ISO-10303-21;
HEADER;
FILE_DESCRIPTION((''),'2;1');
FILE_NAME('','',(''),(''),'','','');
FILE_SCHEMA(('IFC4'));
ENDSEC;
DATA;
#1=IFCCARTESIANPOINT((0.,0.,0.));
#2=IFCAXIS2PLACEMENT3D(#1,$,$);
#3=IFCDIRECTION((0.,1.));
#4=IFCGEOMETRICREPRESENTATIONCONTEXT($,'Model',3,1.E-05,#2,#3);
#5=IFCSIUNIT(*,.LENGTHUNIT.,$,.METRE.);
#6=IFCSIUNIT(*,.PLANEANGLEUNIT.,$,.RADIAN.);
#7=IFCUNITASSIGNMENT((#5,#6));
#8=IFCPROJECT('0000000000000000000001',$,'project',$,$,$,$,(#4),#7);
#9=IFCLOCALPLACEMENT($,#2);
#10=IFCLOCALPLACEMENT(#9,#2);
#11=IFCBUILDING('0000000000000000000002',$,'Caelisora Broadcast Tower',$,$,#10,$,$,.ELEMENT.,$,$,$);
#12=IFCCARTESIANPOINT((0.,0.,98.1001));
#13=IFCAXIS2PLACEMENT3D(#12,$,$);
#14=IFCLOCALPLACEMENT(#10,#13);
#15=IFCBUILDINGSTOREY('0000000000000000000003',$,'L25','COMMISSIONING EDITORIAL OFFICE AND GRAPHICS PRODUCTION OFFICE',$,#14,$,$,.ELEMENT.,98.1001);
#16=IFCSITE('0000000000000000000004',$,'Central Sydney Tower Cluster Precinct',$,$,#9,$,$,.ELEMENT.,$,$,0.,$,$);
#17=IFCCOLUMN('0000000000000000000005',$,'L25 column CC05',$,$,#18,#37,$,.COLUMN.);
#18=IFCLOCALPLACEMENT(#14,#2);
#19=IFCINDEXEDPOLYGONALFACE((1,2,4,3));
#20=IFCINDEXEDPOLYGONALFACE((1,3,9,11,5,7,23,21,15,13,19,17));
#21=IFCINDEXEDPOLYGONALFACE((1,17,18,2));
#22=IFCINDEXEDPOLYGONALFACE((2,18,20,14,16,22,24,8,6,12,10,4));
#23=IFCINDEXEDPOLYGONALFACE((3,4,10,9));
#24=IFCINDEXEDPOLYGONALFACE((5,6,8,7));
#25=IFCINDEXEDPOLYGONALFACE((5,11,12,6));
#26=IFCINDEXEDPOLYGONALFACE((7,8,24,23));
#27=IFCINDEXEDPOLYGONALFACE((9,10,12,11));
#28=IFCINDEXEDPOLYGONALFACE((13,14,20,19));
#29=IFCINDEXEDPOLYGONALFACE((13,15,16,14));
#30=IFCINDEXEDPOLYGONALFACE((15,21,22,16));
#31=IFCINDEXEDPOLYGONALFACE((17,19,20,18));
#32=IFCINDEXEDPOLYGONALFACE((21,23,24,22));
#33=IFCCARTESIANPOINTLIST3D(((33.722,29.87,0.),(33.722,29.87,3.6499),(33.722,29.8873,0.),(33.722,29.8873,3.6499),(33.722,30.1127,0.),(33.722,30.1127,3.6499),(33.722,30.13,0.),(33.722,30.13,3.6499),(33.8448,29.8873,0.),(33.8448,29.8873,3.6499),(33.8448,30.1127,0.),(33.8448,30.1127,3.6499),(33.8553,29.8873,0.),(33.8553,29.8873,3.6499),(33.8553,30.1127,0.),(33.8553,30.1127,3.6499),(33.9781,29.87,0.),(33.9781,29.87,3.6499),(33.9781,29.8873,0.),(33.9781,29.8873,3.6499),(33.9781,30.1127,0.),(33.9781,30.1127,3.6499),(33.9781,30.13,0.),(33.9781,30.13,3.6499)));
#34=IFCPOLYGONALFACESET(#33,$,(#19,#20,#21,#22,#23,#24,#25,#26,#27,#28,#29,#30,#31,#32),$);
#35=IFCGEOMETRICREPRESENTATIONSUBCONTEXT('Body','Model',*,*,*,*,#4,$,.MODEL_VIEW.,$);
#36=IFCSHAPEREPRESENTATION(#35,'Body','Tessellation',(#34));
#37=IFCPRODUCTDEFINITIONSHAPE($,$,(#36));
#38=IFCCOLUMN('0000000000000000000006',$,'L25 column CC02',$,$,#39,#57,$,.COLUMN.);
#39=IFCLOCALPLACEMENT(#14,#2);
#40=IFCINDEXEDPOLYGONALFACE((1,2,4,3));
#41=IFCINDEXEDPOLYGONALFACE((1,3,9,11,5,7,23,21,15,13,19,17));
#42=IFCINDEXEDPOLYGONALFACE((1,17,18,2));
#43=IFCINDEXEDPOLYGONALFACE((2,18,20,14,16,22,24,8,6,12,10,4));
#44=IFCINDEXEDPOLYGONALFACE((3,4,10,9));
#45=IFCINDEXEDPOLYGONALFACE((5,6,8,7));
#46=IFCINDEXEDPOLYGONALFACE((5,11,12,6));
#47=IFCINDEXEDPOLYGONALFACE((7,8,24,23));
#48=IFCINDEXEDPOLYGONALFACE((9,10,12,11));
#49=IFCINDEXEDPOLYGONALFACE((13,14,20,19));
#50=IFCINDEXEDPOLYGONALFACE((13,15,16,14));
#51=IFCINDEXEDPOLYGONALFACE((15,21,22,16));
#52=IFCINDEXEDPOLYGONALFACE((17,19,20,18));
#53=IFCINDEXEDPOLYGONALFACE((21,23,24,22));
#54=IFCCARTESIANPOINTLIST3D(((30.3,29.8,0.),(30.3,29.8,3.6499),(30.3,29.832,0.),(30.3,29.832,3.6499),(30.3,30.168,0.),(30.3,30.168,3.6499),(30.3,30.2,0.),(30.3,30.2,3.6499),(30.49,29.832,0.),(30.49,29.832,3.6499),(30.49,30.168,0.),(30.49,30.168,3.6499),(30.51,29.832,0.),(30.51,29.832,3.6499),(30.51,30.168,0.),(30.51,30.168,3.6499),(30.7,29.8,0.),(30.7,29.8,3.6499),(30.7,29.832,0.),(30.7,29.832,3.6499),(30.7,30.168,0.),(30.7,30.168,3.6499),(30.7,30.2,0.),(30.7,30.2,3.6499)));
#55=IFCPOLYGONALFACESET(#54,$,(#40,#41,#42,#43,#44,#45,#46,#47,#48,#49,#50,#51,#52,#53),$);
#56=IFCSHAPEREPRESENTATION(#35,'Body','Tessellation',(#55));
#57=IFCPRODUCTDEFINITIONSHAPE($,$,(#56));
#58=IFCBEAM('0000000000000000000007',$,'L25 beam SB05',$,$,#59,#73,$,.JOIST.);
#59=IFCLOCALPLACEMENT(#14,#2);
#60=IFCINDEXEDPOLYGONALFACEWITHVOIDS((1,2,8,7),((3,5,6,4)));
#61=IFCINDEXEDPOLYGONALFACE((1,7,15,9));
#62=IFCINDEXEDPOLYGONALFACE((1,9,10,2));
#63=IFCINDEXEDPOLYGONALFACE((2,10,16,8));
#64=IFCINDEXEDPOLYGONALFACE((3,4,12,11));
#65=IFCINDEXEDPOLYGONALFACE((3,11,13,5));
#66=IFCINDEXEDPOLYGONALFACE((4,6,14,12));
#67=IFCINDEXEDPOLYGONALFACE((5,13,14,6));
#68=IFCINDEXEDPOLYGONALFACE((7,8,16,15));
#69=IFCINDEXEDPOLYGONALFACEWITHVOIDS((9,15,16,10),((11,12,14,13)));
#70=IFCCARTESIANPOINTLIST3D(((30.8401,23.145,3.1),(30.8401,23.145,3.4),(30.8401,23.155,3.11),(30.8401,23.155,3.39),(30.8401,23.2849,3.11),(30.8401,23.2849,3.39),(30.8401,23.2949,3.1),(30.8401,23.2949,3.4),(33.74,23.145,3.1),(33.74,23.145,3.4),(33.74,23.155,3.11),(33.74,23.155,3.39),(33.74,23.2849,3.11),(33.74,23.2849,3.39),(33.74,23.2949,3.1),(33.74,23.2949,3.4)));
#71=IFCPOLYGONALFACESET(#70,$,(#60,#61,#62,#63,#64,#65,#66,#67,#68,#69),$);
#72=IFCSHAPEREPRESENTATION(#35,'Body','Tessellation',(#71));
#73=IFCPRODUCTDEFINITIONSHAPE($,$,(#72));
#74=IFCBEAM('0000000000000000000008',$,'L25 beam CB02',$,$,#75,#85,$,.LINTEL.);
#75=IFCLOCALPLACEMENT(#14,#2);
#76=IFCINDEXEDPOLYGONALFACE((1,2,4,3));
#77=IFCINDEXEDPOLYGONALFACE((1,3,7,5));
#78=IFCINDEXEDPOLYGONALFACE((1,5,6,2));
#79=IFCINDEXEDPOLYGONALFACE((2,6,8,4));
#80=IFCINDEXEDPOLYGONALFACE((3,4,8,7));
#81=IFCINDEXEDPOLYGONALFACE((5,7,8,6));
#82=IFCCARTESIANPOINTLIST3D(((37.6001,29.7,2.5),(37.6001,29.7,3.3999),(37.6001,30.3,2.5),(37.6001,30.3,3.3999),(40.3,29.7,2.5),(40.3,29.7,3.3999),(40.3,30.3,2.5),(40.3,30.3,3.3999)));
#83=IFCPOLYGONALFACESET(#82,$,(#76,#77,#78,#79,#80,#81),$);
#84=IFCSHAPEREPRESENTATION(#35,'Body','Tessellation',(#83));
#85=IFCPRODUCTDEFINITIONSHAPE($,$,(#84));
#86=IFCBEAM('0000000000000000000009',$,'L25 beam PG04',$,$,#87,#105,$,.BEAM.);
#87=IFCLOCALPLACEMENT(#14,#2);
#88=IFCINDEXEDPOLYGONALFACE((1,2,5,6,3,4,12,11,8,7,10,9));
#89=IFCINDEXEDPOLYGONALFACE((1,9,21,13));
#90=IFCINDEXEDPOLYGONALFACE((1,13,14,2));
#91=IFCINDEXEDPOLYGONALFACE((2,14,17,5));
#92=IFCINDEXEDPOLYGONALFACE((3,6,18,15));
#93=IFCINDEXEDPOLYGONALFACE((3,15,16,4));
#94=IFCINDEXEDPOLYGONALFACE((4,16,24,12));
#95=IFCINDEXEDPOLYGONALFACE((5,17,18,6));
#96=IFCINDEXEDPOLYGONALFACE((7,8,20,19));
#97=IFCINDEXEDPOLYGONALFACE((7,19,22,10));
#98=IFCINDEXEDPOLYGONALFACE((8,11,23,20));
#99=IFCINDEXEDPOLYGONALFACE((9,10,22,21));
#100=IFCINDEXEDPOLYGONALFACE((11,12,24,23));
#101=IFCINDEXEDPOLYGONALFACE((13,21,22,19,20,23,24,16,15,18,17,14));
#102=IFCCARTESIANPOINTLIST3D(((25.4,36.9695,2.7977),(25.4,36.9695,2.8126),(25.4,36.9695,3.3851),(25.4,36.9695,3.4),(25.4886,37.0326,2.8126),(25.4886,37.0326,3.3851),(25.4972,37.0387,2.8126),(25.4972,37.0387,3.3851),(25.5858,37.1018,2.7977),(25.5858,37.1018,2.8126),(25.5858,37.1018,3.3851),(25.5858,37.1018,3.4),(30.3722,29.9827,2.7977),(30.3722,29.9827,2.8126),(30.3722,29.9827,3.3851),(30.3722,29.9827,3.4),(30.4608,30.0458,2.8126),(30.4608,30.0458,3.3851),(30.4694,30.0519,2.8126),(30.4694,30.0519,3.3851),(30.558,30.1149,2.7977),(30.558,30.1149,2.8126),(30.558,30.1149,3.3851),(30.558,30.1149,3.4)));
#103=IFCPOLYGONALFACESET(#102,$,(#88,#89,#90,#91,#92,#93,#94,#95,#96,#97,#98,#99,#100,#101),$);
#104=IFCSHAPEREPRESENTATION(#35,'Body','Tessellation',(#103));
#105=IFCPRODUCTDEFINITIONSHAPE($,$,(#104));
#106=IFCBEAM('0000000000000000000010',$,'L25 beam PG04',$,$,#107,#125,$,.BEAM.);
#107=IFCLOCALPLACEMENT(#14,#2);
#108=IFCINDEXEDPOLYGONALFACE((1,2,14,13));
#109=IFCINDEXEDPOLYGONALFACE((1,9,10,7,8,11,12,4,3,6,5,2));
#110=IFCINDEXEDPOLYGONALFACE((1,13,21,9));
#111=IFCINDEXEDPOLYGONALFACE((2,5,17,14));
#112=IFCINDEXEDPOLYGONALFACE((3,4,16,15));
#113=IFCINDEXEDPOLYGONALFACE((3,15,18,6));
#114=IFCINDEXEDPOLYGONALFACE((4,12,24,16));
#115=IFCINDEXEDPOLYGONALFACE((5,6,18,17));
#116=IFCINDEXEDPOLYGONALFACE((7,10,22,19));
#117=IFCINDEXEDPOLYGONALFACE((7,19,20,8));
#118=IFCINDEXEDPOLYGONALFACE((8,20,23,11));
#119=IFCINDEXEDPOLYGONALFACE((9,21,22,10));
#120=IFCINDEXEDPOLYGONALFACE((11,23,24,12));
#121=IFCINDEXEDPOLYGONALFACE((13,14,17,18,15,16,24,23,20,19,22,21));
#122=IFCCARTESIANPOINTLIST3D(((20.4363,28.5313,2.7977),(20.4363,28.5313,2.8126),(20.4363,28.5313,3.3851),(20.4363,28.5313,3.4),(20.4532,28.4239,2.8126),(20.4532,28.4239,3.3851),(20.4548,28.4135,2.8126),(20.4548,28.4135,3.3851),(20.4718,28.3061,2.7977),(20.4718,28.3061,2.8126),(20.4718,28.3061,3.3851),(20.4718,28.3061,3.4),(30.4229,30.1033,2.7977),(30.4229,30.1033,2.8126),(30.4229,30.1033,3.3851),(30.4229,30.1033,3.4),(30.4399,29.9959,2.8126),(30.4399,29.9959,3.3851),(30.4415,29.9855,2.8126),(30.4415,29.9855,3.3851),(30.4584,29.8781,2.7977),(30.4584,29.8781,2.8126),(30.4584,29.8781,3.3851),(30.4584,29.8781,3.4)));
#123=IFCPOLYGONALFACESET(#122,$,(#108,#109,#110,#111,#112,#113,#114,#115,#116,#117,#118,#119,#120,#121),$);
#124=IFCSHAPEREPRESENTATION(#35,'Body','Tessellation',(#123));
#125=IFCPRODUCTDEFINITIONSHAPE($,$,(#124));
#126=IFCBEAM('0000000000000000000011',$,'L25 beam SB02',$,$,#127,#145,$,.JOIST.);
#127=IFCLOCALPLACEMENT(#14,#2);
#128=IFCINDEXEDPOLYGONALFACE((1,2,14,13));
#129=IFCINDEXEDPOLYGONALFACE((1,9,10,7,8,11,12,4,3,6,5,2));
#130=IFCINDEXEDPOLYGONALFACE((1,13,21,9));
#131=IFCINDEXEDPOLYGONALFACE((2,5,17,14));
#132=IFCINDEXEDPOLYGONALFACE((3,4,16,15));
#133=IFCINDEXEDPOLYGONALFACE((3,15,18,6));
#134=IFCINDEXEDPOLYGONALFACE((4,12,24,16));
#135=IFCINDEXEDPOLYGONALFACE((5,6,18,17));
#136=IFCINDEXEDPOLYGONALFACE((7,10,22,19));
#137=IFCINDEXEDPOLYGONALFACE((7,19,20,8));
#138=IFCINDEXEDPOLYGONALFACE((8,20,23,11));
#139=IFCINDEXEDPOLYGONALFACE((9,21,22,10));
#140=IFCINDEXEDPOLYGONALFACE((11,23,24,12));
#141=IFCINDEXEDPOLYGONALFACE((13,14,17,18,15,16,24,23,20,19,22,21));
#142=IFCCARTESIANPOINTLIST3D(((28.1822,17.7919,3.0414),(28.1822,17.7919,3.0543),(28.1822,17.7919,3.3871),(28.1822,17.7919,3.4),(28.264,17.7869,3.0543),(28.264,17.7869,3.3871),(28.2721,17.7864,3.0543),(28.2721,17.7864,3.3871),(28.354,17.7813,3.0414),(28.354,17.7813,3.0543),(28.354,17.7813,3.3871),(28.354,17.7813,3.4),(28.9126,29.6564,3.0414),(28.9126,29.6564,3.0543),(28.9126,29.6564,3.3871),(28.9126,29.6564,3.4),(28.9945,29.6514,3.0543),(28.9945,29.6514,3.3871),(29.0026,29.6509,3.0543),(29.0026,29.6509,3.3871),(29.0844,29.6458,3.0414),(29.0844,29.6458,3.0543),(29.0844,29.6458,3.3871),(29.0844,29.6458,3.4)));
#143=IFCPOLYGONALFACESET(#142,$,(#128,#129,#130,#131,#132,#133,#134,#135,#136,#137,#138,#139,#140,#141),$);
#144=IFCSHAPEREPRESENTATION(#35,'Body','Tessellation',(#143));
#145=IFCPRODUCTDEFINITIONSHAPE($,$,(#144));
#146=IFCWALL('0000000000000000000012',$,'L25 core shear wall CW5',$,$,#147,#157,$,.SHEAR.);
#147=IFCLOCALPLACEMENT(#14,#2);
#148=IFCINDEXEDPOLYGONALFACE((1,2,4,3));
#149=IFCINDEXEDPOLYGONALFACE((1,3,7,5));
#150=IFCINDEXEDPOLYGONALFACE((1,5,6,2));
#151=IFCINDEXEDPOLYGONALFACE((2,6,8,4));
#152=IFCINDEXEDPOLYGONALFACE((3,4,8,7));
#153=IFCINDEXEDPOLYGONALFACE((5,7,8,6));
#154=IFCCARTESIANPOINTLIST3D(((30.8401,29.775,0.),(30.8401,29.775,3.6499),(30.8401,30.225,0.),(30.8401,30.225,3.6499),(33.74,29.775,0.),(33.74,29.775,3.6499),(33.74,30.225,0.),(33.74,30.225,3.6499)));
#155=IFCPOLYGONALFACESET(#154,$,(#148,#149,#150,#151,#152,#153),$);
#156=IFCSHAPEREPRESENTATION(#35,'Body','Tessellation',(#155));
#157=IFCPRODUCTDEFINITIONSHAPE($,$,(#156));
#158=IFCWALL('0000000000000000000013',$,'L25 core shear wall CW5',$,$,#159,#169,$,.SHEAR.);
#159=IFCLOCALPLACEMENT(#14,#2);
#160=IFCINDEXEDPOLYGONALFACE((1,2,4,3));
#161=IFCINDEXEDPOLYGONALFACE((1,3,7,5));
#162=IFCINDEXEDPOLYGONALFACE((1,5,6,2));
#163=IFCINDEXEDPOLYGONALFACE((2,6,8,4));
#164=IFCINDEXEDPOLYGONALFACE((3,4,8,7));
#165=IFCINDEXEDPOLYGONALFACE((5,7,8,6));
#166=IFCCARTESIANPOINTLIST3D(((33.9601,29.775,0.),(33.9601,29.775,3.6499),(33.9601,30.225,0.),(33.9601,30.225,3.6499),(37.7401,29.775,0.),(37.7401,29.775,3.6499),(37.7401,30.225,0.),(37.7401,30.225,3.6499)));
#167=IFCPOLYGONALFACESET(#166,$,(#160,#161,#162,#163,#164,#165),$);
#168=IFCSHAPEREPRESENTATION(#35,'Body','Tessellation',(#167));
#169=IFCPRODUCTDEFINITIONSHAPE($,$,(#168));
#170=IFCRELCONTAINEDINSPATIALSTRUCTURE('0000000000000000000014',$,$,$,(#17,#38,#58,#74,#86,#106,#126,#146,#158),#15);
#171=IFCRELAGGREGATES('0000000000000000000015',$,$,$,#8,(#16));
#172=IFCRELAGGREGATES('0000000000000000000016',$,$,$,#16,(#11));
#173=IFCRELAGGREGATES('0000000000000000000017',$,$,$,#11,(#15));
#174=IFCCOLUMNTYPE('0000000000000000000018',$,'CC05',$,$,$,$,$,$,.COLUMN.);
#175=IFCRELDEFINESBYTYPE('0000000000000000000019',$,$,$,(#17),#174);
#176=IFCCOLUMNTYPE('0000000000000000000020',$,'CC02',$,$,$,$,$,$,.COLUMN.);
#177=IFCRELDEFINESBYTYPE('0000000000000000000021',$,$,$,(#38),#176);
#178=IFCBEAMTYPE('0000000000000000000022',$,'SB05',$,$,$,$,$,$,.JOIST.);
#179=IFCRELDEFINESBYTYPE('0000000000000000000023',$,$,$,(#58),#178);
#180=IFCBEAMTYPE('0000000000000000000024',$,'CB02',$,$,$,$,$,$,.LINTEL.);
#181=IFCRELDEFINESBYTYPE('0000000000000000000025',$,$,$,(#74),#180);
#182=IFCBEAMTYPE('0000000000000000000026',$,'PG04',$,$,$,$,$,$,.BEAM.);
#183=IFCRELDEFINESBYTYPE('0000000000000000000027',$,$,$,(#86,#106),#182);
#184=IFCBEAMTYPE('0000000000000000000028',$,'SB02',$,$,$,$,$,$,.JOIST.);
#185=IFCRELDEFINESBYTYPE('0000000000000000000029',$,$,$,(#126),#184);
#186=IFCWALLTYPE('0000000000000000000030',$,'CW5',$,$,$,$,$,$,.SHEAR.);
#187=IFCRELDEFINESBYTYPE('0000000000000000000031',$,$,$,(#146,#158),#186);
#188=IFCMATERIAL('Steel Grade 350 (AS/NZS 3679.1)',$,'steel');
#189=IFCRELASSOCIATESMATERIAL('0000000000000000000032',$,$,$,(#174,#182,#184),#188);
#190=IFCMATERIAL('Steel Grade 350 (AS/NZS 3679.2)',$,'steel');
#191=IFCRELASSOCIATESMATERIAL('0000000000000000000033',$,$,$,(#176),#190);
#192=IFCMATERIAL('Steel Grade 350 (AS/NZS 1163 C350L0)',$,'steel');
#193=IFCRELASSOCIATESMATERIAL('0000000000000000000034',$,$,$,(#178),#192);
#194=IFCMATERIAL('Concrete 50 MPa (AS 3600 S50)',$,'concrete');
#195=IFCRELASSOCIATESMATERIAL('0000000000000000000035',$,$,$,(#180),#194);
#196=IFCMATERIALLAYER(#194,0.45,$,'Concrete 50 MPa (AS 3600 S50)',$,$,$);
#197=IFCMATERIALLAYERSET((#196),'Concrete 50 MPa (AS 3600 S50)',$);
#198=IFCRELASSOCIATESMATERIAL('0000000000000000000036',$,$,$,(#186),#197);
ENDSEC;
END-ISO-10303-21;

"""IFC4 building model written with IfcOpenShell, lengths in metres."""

from ifc_helpers import new_model, si_unit, direction, frame, frame_2d, origin, origin_2d, place, context, subcontext, project, spatial, rectangle, hollow_rectangle, i_section, extrude, source, transform, mapped, material, layer, layer_set, material_profile, profile_set, type_object, type_shapes, element, save


model = new_model("IFC4")

# Units and contexts
model_context = context("Model", 3, precision=1e-05, world=origin(), true_north=direction((0.0, 1.0)))
body_context = subcontext(model_context, "Body", "Model", "MODEL_VIEW")
ifc_project = project(units=[si_unit("LENGTHUNIT", "METRE"), si_unit("PLANEANGLEUNIT", "RADIAN")], contexts=[model_context])

# Site, building, storey
site_placement = place(None, origin())
site = spatial("IfcSite", under=ifc_project, at=site_placement, Name="Central Sydney Tower Cluster Precinct", CompositionType="ELEMENT", RefElevation=0.0)
building_placement = place(site_placement, origin())
building = spatial("IfcBuilding", under=site, at=building_placement, Name="Caelisora Broadcast Tower", CompositionType="ELEMENT")
storey_placement = place(building_placement, frame((0.0, 0.0, 98.1001)))
storey = spatial("IfcBuildingStorey", under=building, at=storey_placement, Name="L25", Description="COMMISSIONING EDITORIAL OFFICE AND GRAPHICS PRODUCTION OFFICE", CompositionType="ELEMENT", Elevation=98.1001)

# Columns
ifc_material_1 = material(Name="Steel Grade 350 (AS/NZS 3679.1)", Category="steel")
ifc_material_profile_1 = material_profile(ifc_material_1, i_section(OverallWidth=0.2561, OverallDepth=0.26, WebThickness=0.0105, FlangeThickness=0.0173, at=origin_2d()), Name="Steel Grade 350 (AS/NZS 3679.1)")
ifc_profile_set_1 = profile_set([ifc_material_profile_1], Name="Steel Grade 350 (AS/NZS 3679.1)")
column_type_1 = type_object("IfcColumnType", Name="CC05", PredefinedType="COLUMN", material=ifc_profile_set_1)
shared_shape_1 = source(origin(), body_context, "Body", "SweptSolid", [
    extrude(i_section(OverallWidth=0.2561, OverallDepth=0.26, WebThickness=0.0105, FlangeThickness=0.0173, at=origin_2d()), origin(), (0.0, 0.0, 1.0), 3.6499),
])
type_shapes(column_type_1, [shared_shape_1])
column_1_placement = place(storey_placement, frame((33.8501, 30.0, 0.0), z_axis=(0.0, 0.0, 1.0), x_axis=(1.0, 0.0, 0.0)))
element("IfcColumn", 1, at=column_1_placement, inside=storey, type_object=column_type_1, Name="L25 column CC05", PredefinedType="COLUMN", context=body_context, shape_type="MappedRepresentation", body=[
    mapped(shared_shape_1, transform((0.0, 0.0, 0.0), scale=1.0)),
])
ifc_material_2 = material(Name="Steel Grade 350 (AS/NZS 3679.2)", Category="steel")
ifc_material_profile_2 = material_profile(ifc_material_2, i_section(OverallWidth=0.3999, OverallDepth=0.3999, WebThickness=0.02, FlangeThickness=0.032, at=origin_2d()), Name="Steel Grade 350 (AS/NZS 3679.2)")
ifc_profile_set_2 = profile_set([ifc_material_profile_2], Name="Steel Grade 350 (AS/NZS 3679.2)")
column_type_2 = type_object("IfcColumnType", Name="CC02", PredefinedType="COLUMN", material=ifc_profile_set_2)
shared_shape_2 = source(origin(), body_context, "Body", "SweptSolid", [
    extrude(i_section(OverallWidth=0.3999, OverallDepth=0.3999, WebThickness=0.02, FlangeThickness=0.032, at=origin_2d()), origin(), (0.0, 0.0, 1.0), 3.6499),
])
type_shapes(column_type_2, [shared_shape_2])
column_2_placement = place(storey_placement, frame((30.5, 30.0, 0.0), z_axis=(0.0, 0.0, 1.0), x_axis=(1.0, 0.0, 0.0)))
element("IfcColumn", 2, at=column_2_placement, inside=storey, type_object=column_type_2, Name="L25 column CC02", PredefinedType="COLUMN", context=body_context, shape_type="MappedRepresentation", body=[
    mapped(shared_shape_2, transform((0.0, 0.0, 0.0), scale=1.0)),
])

# Beams
ifc_material_3 = material(Name="Steel Grade 350 (AS/NZS 1163 C350L0)", Category="steel")
ifc_material_profile_3 = material_profile(ifc_material_3, hollow_rectangle(XDim=0.1499, YDim=0.3, WallThickness=0.01, at=origin_2d()), Name="Steel Grade 350 (AS/NZS 1163 C350L0)")
ifc_profile_set_3 = profile_set([ifc_material_profile_3], Name="Steel Grade 350 (AS/NZS 1163 C350L0)")
beam_type_1 = type_object("IfcBeamType", Name="SB05", PredefinedType="JOIST", material=ifc_profile_set_3)
shared_shape_3 = source(origin(), body_context, "Body", "SweptSolid", [
    extrude(hollow_rectangle(XDim=0.1499, YDim=0.3, WallThickness=0.01, at=origin_2d()), origin(), (0.0, 0.0, 1.0), 2.8999),
])
type_shapes(beam_type_1, [shared_shape_3])
beam_1_placement = place(storey_placement, frame((30.8401, 23.22, 3.25), z_axis=(1.0, 0.0, 0.0), x_axis=(0.0, 1.0, 0.0)))
element("IfcBeam", 3, at=beam_1_placement, inside=storey, type_object=beam_type_1, Name="L25 beam SB05", PredefinedType="JOIST", context=body_context, shape_type="MappedRepresentation", body=[
    mapped(shared_shape_3, transform((0.0, 0.0, 0.0), scale=1.0)),
])
ifc_material_4 = material(Name="Concrete 50 MPa (AS 3600 S50)", Category="concrete")
ifc_material_profile_4 = material_profile(ifc_material_4, rectangle(XDim=0.6001, YDim=0.8999, at=origin_2d()), Name="Concrete 50 MPa (AS 3600 S50)")
ifc_profile_set_4 = profile_set([ifc_material_profile_4], Name="Concrete 50 MPa (AS 3600 S50)")
beam_type_2 = type_object("IfcBeamType", Name="CB02", PredefinedType="LINTEL", material=ifc_profile_set_4)
shared_shape_4 = source(origin(), body_context, "Body", "SweptSolid", [
    extrude(rectangle(XDim=0.6001, YDim=0.8999, at=origin_2d()), origin(), (0.0, 0.0, 1.0), 2.7),
])
type_shapes(beam_type_2, [shared_shape_4])
beam_2_placement = place(storey_placement, frame((37.6001, 30.0, 2.95), z_axis=(1.0, 0.0, 0.0), x_axis=(0.0, 1.0, 0.0)))
element("IfcBeam", 4, at=beam_2_placement, inside=storey, type_object=beam_type_2, Name="L25 beam CB02", PredefinedType="LINTEL", context=body_context, shape_type="MappedRepresentation", body=[
    mapped(shared_shape_4, transform((0.0, 0.0, 0.0), scale=1.0)),
])
ifc_material_profile_5 = material_profile(ifc_material_1, i_section(OverallWidth=0.228, OverallDepth=0.6023, WebThickness=0.0105, FlangeThickness=0.0149, at=origin_2d()), Name="Steel Grade 350 (AS/NZS 3679.1)")
ifc_profile_set_5 = profile_set([ifc_material_profile_5], Name="Steel Grade 350 (AS/NZS 3679.1)")
beam_type_3 = type_object("IfcBeamType", Name="PG04", PredefinedType="BEAM", material=ifc_profile_set_5)
shared_shape_5 = source(origin(), body_context, "Body", "SweptSolid", [
    extrude(i_section(OverallWidth=0.228, OverallDepth=0.6023, WebThickness=0.0105, FlangeThickness=0.0149, at=origin_2d()), origin(), (0.0, 0.0, 1.0), 8.5754),
])
beam_3_placement = place(storey_placement, frame((30.4651, 30.0488, 3.0989), z_axis=(-0.579815, 0.814748, 0.0), x_axis=(-0.814748, -0.579815, 0.0)))
element("IfcBeam", 5, at=beam_3_placement, inside=storey, type_object=beam_type_3, Name="L25 beam PG04", PredefinedType="BEAM", context=body_context, shape_type="MappedRepresentation", body=[
    mapped(shared_shape_5, transform((0.0, 0.0, 0.0), scale=1.0)),
])
shared_shape_6 = source(origin(), body_context, "Body", "SweptSolid", [
    extrude(i_section(OverallWidth=0.228, OverallDepth=0.6023, WebThickness=0.0105, FlangeThickness=0.0149, at=origin_2d()), origin(), (0.0, 0.0, 1.0), 10.1096),
])
type_shapes(beam_type_3, [shared_shape_5, shared_shape_6])
beam_4_placement = place(storey_placement, frame((30.4407, 29.9907, 3.0989), z_axis=(-0.987836, -0.155499, 0.0), x_axis=(0.155499, -0.987836, 0.0)))
element("IfcBeam", 6, at=beam_4_placement, inside=storey, type_object=beam_type_3, Name="L25 beam PG04", PredefinedType="BEAM", context=body_context, shape_type="MappedRepresentation", body=[
    mapped(shared_shape_6, transform((0.0, 0.0, 0.0), scale=1.0)),
])
ifc_material_profile_6 = material_profile(ifc_material_1, i_section(OverallWidth=0.1721, OverallDepth=0.3586, WebThickness=0.0081, FlangeThickness=0.0129, at=origin_2d()), Name="Steel Grade 350 (AS/NZS 3679.1)")
ifc_profile_set_6 = profile_set([ifc_material_profile_6], Name="Steel Grade 350 (AS/NZS 3679.1)")
beam_type_4 = type_object("IfcBeamType", Name="SB02", PredefinedType="JOIST", material=ifc_profile_set_6)
shared_shape_7 = source(origin(), body_context, "Body", "SweptSolid", [
    extrude(i_section(OverallWidth=0.1721, OverallDepth=0.3586, WebThickness=0.0081, FlangeThickness=0.0129, at=origin_2d()), origin(), (0.0, 0.0, 1.0), 11.887),
])
type_shapes(beam_type_4, [shared_shape_7])
beam_5_placement = place(storey_placement, frame((28.9985, 29.6511, 3.2207), z_axis=(-0.061451, -0.99811, 0.0), x_axis=(0.99811, -0.061451, 0.0)))
element("IfcBeam", 7, at=beam_5_placement, inside=storey, type_object=beam_type_4, Name="L25 beam SB02", PredefinedType="JOIST", context=body_context, shape_type="MappedRepresentation", body=[
    mapped(shared_shape_7, transform((0.0, 0.0, 0.0), scale=1.0)),
])

# Walls
ifc_layer_1 = layer(ifc_material_4, 0.45, Name="Concrete 50 MPa (AS 3600 S50)")
ifc_layer_set_1 = layer_set([ifc_layer_1], Name="Concrete 50 MPa (AS 3600 S50)")
wall_type_1 = type_object("IfcWallType", Name="CW5", PredefinedType="SHEAR", material=ifc_layer_set_1)
wall_1_placement = place(storey_placement, frame((30.8401, 30.0, 0.0), z_axis=(0.0, 0.0, 1.0), x_axis=(1.0, 0.0, 0.0)))
element("IfcWall", 8, at=wall_1_placement, inside=storey, type_object=wall_type_1, Name="L25 core shear wall CW5", PredefinedType="SHEAR", context=body_context, shape_type="SweptSolid", body=[
    extrude(rectangle(XDim=2.8999, YDim=0.45, at=frame_2d((1.45, 0.0))), origin(), (0.0, 0.0, 1.0), 3.6499),
])
wall_2_placement = place(storey_placement, frame((33.96, 30.0, 0.0), z_axis=(0.0, 0.0, 1.0), x_axis=(1.0, 0.0, 0.0)))
element("IfcWall", 9, at=wall_2_placement, inside=storey, type_object=wall_type_1, Name="L25 core shear wall CW5", PredefinedType="SHEAR", context=body_context, shape_type="SweptSolid", body=[
    extrude(rectangle(XDim=3.78, YDim=0.45, at=frame_2d((1.8901, 0.0))), origin(), (0.0, 0.0, 1.0), 3.6499),
])

save(model, "model.ifc")
